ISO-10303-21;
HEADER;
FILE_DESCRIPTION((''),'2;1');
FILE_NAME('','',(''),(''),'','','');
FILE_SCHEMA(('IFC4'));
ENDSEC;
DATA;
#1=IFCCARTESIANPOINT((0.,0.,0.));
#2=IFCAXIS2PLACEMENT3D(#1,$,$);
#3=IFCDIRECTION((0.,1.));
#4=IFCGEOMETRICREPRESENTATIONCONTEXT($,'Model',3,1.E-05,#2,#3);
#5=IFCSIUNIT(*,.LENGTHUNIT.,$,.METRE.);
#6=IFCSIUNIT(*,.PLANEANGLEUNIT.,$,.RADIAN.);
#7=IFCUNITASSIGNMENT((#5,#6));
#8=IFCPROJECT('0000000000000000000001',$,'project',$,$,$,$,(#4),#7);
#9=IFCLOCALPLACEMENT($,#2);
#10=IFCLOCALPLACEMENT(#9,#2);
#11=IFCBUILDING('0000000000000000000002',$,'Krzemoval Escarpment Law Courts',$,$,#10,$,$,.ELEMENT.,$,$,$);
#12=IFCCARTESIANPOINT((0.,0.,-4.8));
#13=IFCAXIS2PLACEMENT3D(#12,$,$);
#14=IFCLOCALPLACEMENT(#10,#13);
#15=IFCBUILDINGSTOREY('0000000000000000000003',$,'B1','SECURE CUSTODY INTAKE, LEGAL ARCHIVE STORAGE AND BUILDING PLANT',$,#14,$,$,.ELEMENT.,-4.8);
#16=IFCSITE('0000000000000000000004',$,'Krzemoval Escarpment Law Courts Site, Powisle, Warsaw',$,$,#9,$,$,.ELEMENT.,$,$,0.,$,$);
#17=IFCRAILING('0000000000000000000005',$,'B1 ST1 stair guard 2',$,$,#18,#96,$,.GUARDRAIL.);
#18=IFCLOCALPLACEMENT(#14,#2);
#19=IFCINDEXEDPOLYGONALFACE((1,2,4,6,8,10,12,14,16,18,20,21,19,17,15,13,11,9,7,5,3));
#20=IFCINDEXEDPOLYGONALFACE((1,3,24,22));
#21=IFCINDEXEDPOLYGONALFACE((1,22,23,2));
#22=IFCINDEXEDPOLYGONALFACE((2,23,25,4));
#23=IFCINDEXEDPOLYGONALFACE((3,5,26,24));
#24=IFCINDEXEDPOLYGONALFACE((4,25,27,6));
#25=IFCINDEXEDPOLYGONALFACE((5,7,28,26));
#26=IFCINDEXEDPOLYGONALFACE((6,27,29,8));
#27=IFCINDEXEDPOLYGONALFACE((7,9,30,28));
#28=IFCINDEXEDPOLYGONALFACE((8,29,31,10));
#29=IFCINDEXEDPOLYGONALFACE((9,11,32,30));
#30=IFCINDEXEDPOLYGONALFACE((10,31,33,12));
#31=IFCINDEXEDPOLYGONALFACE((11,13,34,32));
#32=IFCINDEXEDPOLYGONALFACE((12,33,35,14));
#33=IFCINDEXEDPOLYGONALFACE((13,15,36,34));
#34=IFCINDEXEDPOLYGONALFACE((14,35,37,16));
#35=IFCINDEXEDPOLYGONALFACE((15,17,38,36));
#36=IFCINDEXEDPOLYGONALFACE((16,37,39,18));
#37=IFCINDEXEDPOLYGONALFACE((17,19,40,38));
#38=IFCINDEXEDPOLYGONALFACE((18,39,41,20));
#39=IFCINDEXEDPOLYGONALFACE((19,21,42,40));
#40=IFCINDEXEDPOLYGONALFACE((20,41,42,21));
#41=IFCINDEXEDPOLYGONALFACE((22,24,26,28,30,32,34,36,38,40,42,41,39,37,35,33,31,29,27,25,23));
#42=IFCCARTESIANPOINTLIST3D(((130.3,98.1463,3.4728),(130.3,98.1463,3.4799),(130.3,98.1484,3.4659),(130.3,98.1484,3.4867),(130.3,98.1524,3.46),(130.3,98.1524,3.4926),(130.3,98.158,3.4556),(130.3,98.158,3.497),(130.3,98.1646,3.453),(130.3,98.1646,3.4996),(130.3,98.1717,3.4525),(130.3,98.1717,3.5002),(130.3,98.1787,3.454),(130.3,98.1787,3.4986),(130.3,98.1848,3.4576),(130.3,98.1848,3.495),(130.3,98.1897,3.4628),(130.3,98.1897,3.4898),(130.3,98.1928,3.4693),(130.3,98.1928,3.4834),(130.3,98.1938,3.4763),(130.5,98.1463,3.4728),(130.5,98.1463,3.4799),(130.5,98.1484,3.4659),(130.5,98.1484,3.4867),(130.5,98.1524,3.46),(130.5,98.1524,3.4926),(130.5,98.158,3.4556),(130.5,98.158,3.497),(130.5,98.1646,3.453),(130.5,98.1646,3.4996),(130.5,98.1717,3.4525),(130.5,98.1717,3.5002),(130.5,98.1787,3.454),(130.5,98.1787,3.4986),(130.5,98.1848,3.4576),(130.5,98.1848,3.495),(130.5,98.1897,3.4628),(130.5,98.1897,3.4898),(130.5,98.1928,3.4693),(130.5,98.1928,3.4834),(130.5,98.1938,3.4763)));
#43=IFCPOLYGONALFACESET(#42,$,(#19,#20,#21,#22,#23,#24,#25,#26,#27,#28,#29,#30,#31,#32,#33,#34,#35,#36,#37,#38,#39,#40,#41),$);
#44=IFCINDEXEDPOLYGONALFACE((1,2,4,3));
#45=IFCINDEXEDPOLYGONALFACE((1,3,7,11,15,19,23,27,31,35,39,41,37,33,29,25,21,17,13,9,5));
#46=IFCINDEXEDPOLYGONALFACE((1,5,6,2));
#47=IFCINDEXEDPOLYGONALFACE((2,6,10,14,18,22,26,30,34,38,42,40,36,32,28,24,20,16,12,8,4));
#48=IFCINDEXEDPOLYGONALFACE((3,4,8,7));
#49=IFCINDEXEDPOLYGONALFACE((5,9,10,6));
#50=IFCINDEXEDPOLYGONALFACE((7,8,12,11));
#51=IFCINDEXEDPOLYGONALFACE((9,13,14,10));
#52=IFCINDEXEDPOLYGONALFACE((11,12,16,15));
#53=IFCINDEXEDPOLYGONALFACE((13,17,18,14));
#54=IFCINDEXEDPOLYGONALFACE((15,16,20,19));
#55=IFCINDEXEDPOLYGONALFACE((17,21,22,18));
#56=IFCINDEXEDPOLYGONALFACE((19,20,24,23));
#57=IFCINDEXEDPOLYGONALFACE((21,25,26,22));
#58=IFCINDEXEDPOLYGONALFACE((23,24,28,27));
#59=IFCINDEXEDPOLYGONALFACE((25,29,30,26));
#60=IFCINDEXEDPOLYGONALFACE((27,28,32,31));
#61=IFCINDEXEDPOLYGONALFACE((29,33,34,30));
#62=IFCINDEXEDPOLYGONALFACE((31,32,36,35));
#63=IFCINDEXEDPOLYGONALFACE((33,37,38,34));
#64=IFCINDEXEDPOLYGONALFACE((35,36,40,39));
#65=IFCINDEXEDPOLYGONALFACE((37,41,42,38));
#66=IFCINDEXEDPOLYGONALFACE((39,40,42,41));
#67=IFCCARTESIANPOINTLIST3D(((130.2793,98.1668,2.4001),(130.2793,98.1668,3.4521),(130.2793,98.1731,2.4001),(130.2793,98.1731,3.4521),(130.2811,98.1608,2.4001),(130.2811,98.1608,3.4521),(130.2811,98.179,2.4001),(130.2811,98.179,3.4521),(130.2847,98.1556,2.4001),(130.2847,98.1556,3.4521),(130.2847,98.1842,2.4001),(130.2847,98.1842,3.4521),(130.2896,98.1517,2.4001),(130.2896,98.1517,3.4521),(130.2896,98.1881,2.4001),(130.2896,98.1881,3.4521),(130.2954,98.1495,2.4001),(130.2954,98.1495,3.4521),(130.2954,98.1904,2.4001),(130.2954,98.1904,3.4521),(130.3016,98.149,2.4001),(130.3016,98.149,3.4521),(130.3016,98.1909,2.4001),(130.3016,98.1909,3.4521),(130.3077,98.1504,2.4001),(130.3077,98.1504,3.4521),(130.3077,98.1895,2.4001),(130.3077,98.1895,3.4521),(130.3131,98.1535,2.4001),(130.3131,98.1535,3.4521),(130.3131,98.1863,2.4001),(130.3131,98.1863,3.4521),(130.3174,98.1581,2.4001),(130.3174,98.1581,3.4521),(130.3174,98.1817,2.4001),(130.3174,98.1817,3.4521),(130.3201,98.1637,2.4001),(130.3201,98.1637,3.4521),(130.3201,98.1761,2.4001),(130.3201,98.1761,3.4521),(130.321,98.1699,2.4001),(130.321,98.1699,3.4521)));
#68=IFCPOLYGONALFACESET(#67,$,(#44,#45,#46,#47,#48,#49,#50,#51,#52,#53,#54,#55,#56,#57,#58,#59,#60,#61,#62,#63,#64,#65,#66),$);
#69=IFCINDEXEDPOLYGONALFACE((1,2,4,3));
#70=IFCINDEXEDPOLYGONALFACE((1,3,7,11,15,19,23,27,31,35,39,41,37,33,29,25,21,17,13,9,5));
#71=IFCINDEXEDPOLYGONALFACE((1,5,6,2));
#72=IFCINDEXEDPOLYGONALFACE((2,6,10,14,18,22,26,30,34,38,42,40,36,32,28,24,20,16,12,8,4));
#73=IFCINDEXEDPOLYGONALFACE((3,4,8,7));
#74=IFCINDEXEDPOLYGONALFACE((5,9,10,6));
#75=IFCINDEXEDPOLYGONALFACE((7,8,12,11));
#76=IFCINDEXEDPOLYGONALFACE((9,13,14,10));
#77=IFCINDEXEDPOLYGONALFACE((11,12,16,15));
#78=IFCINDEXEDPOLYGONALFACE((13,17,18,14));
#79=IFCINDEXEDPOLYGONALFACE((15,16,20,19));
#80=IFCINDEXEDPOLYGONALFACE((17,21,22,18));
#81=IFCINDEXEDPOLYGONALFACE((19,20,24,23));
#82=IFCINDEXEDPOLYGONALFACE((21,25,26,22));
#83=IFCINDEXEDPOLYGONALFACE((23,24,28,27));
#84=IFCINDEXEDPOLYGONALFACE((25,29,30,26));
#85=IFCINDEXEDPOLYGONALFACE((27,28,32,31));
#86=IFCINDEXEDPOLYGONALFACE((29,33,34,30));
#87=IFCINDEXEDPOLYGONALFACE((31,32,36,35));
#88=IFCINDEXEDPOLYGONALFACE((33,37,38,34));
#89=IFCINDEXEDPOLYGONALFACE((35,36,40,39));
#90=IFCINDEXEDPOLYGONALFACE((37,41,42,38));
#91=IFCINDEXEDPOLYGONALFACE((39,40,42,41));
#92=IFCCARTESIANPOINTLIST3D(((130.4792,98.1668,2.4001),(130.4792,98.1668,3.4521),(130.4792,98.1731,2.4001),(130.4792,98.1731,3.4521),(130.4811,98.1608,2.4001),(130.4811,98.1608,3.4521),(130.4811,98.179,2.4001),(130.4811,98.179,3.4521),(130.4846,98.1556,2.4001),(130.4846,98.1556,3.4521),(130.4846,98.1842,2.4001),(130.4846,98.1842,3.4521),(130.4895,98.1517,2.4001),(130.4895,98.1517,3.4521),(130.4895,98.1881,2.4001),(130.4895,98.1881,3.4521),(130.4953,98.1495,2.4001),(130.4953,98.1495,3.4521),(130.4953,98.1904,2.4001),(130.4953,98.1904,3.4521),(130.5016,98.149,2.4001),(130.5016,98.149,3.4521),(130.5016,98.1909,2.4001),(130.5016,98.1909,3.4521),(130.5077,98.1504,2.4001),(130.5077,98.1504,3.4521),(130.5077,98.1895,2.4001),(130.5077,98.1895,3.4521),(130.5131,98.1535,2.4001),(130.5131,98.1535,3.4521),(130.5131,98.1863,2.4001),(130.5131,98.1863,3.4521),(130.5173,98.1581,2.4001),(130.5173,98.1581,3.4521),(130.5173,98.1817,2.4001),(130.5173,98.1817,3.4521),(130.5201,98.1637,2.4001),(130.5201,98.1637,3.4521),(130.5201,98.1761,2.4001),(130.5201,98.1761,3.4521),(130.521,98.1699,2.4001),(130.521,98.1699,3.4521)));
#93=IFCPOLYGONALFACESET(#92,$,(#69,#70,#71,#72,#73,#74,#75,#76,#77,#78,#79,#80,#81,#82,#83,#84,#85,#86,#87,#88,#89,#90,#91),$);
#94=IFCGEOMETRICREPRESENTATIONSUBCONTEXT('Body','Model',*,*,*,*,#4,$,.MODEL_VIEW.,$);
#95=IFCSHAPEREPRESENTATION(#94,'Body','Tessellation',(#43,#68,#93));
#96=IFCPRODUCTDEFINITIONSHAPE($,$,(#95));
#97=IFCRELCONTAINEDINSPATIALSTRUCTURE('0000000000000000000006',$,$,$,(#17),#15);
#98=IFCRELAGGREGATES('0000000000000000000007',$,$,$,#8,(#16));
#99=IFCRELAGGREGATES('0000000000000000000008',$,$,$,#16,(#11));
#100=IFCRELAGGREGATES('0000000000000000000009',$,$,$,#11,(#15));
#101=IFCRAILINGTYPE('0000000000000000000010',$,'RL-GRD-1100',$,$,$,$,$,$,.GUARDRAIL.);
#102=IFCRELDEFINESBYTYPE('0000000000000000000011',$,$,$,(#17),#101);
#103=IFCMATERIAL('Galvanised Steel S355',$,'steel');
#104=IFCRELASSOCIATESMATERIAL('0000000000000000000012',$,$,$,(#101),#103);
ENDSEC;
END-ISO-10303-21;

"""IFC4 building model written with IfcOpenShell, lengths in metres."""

from ifc_helpers import new_model, si_unit, direction, frame, origin, origin_2d, place, context, subcontext, project, spatial, circle, extrude, material, type_object, element, save


model = new_model("IFC4")

# Units and contexts
model_context = context("Model", 3, precision=1e-05, world=origin(), true_north=direction((0.0, 1.0)))
body_context = subcontext(model_context, "Body", "Model", "MODEL_VIEW")
ifc_project = project(units=[si_unit("LENGTHUNIT", "METRE"), si_unit("PLANEANGLEUNIT", "RADIAN")], contexts=[model_context])

# Site, building, storey
site_placement = place(None, origin())
site = spatial("IfcSite", under=ifc_project, at=site_placement, Name="Krzemoval Escarpment Law Courts Site, Powisle, Warsaw", CompositionType="ELEMENT", RefElevation=0.0)
building_placement = place(site_placement, origin())
building = spatial("IfcBuilding", under=site, at=building_placement, Name="Krzemoval Escarpment Law Courts", CompositionType="ELEMENT")
storey_placement = place(building_placement, frame((0.0, 0.0, -4.8)))
storey = spatial("IfcBuildingStorey", under=building, at=storey_placement, Name="B1", Description="SECURE CUSTODY INTAKE, LEGAL ARCHIVE STORAGE AND BUILDING PLANT", CompositionType="ELEMENT", Elevation=-4.8)

# Railing
ifc_material_1 = material(Name="Galvanised Steel S355", Category="steel")
railing_type_1 = type_object("IfcRailingType", Name="RL-GRD-1100", PredefinedType="GUARDRAIL", material=ifc_material_1)
railing_1_placement = place(storey_placement, frame((130.3, 98.1699, 2.4001)))
element("IfcRailing", 1, at=railing_1_placement, inside=storey, type_object=railing_type_1, Name="B1 ST1 stair guard 2", PredefinedType="GUARDRAIL", context=body_context, shape_type="SweptSolid", body=[
    extrude(circle(Radius=0.0239, at=origin_2d()), frame((0.0, 0.0, 1.0762), z_axis=(1.0, 0.0, 0.0), x_axis=(0.0, 1.0, 0.0)), (0.0, 0.0, 1.0), 0.2),
    extrude(circle(Radius=0.021, at=origin_2d()), origin(), (0.0, 0.0, 1.0), 1.052),
    extrude(circle(Radius=0.021, at=origin_2d()), frame((0.2, 0.0, 0.0)), (0.0, 0.0, 1.0), 1.052),
])

save(model, "model.ifc")
